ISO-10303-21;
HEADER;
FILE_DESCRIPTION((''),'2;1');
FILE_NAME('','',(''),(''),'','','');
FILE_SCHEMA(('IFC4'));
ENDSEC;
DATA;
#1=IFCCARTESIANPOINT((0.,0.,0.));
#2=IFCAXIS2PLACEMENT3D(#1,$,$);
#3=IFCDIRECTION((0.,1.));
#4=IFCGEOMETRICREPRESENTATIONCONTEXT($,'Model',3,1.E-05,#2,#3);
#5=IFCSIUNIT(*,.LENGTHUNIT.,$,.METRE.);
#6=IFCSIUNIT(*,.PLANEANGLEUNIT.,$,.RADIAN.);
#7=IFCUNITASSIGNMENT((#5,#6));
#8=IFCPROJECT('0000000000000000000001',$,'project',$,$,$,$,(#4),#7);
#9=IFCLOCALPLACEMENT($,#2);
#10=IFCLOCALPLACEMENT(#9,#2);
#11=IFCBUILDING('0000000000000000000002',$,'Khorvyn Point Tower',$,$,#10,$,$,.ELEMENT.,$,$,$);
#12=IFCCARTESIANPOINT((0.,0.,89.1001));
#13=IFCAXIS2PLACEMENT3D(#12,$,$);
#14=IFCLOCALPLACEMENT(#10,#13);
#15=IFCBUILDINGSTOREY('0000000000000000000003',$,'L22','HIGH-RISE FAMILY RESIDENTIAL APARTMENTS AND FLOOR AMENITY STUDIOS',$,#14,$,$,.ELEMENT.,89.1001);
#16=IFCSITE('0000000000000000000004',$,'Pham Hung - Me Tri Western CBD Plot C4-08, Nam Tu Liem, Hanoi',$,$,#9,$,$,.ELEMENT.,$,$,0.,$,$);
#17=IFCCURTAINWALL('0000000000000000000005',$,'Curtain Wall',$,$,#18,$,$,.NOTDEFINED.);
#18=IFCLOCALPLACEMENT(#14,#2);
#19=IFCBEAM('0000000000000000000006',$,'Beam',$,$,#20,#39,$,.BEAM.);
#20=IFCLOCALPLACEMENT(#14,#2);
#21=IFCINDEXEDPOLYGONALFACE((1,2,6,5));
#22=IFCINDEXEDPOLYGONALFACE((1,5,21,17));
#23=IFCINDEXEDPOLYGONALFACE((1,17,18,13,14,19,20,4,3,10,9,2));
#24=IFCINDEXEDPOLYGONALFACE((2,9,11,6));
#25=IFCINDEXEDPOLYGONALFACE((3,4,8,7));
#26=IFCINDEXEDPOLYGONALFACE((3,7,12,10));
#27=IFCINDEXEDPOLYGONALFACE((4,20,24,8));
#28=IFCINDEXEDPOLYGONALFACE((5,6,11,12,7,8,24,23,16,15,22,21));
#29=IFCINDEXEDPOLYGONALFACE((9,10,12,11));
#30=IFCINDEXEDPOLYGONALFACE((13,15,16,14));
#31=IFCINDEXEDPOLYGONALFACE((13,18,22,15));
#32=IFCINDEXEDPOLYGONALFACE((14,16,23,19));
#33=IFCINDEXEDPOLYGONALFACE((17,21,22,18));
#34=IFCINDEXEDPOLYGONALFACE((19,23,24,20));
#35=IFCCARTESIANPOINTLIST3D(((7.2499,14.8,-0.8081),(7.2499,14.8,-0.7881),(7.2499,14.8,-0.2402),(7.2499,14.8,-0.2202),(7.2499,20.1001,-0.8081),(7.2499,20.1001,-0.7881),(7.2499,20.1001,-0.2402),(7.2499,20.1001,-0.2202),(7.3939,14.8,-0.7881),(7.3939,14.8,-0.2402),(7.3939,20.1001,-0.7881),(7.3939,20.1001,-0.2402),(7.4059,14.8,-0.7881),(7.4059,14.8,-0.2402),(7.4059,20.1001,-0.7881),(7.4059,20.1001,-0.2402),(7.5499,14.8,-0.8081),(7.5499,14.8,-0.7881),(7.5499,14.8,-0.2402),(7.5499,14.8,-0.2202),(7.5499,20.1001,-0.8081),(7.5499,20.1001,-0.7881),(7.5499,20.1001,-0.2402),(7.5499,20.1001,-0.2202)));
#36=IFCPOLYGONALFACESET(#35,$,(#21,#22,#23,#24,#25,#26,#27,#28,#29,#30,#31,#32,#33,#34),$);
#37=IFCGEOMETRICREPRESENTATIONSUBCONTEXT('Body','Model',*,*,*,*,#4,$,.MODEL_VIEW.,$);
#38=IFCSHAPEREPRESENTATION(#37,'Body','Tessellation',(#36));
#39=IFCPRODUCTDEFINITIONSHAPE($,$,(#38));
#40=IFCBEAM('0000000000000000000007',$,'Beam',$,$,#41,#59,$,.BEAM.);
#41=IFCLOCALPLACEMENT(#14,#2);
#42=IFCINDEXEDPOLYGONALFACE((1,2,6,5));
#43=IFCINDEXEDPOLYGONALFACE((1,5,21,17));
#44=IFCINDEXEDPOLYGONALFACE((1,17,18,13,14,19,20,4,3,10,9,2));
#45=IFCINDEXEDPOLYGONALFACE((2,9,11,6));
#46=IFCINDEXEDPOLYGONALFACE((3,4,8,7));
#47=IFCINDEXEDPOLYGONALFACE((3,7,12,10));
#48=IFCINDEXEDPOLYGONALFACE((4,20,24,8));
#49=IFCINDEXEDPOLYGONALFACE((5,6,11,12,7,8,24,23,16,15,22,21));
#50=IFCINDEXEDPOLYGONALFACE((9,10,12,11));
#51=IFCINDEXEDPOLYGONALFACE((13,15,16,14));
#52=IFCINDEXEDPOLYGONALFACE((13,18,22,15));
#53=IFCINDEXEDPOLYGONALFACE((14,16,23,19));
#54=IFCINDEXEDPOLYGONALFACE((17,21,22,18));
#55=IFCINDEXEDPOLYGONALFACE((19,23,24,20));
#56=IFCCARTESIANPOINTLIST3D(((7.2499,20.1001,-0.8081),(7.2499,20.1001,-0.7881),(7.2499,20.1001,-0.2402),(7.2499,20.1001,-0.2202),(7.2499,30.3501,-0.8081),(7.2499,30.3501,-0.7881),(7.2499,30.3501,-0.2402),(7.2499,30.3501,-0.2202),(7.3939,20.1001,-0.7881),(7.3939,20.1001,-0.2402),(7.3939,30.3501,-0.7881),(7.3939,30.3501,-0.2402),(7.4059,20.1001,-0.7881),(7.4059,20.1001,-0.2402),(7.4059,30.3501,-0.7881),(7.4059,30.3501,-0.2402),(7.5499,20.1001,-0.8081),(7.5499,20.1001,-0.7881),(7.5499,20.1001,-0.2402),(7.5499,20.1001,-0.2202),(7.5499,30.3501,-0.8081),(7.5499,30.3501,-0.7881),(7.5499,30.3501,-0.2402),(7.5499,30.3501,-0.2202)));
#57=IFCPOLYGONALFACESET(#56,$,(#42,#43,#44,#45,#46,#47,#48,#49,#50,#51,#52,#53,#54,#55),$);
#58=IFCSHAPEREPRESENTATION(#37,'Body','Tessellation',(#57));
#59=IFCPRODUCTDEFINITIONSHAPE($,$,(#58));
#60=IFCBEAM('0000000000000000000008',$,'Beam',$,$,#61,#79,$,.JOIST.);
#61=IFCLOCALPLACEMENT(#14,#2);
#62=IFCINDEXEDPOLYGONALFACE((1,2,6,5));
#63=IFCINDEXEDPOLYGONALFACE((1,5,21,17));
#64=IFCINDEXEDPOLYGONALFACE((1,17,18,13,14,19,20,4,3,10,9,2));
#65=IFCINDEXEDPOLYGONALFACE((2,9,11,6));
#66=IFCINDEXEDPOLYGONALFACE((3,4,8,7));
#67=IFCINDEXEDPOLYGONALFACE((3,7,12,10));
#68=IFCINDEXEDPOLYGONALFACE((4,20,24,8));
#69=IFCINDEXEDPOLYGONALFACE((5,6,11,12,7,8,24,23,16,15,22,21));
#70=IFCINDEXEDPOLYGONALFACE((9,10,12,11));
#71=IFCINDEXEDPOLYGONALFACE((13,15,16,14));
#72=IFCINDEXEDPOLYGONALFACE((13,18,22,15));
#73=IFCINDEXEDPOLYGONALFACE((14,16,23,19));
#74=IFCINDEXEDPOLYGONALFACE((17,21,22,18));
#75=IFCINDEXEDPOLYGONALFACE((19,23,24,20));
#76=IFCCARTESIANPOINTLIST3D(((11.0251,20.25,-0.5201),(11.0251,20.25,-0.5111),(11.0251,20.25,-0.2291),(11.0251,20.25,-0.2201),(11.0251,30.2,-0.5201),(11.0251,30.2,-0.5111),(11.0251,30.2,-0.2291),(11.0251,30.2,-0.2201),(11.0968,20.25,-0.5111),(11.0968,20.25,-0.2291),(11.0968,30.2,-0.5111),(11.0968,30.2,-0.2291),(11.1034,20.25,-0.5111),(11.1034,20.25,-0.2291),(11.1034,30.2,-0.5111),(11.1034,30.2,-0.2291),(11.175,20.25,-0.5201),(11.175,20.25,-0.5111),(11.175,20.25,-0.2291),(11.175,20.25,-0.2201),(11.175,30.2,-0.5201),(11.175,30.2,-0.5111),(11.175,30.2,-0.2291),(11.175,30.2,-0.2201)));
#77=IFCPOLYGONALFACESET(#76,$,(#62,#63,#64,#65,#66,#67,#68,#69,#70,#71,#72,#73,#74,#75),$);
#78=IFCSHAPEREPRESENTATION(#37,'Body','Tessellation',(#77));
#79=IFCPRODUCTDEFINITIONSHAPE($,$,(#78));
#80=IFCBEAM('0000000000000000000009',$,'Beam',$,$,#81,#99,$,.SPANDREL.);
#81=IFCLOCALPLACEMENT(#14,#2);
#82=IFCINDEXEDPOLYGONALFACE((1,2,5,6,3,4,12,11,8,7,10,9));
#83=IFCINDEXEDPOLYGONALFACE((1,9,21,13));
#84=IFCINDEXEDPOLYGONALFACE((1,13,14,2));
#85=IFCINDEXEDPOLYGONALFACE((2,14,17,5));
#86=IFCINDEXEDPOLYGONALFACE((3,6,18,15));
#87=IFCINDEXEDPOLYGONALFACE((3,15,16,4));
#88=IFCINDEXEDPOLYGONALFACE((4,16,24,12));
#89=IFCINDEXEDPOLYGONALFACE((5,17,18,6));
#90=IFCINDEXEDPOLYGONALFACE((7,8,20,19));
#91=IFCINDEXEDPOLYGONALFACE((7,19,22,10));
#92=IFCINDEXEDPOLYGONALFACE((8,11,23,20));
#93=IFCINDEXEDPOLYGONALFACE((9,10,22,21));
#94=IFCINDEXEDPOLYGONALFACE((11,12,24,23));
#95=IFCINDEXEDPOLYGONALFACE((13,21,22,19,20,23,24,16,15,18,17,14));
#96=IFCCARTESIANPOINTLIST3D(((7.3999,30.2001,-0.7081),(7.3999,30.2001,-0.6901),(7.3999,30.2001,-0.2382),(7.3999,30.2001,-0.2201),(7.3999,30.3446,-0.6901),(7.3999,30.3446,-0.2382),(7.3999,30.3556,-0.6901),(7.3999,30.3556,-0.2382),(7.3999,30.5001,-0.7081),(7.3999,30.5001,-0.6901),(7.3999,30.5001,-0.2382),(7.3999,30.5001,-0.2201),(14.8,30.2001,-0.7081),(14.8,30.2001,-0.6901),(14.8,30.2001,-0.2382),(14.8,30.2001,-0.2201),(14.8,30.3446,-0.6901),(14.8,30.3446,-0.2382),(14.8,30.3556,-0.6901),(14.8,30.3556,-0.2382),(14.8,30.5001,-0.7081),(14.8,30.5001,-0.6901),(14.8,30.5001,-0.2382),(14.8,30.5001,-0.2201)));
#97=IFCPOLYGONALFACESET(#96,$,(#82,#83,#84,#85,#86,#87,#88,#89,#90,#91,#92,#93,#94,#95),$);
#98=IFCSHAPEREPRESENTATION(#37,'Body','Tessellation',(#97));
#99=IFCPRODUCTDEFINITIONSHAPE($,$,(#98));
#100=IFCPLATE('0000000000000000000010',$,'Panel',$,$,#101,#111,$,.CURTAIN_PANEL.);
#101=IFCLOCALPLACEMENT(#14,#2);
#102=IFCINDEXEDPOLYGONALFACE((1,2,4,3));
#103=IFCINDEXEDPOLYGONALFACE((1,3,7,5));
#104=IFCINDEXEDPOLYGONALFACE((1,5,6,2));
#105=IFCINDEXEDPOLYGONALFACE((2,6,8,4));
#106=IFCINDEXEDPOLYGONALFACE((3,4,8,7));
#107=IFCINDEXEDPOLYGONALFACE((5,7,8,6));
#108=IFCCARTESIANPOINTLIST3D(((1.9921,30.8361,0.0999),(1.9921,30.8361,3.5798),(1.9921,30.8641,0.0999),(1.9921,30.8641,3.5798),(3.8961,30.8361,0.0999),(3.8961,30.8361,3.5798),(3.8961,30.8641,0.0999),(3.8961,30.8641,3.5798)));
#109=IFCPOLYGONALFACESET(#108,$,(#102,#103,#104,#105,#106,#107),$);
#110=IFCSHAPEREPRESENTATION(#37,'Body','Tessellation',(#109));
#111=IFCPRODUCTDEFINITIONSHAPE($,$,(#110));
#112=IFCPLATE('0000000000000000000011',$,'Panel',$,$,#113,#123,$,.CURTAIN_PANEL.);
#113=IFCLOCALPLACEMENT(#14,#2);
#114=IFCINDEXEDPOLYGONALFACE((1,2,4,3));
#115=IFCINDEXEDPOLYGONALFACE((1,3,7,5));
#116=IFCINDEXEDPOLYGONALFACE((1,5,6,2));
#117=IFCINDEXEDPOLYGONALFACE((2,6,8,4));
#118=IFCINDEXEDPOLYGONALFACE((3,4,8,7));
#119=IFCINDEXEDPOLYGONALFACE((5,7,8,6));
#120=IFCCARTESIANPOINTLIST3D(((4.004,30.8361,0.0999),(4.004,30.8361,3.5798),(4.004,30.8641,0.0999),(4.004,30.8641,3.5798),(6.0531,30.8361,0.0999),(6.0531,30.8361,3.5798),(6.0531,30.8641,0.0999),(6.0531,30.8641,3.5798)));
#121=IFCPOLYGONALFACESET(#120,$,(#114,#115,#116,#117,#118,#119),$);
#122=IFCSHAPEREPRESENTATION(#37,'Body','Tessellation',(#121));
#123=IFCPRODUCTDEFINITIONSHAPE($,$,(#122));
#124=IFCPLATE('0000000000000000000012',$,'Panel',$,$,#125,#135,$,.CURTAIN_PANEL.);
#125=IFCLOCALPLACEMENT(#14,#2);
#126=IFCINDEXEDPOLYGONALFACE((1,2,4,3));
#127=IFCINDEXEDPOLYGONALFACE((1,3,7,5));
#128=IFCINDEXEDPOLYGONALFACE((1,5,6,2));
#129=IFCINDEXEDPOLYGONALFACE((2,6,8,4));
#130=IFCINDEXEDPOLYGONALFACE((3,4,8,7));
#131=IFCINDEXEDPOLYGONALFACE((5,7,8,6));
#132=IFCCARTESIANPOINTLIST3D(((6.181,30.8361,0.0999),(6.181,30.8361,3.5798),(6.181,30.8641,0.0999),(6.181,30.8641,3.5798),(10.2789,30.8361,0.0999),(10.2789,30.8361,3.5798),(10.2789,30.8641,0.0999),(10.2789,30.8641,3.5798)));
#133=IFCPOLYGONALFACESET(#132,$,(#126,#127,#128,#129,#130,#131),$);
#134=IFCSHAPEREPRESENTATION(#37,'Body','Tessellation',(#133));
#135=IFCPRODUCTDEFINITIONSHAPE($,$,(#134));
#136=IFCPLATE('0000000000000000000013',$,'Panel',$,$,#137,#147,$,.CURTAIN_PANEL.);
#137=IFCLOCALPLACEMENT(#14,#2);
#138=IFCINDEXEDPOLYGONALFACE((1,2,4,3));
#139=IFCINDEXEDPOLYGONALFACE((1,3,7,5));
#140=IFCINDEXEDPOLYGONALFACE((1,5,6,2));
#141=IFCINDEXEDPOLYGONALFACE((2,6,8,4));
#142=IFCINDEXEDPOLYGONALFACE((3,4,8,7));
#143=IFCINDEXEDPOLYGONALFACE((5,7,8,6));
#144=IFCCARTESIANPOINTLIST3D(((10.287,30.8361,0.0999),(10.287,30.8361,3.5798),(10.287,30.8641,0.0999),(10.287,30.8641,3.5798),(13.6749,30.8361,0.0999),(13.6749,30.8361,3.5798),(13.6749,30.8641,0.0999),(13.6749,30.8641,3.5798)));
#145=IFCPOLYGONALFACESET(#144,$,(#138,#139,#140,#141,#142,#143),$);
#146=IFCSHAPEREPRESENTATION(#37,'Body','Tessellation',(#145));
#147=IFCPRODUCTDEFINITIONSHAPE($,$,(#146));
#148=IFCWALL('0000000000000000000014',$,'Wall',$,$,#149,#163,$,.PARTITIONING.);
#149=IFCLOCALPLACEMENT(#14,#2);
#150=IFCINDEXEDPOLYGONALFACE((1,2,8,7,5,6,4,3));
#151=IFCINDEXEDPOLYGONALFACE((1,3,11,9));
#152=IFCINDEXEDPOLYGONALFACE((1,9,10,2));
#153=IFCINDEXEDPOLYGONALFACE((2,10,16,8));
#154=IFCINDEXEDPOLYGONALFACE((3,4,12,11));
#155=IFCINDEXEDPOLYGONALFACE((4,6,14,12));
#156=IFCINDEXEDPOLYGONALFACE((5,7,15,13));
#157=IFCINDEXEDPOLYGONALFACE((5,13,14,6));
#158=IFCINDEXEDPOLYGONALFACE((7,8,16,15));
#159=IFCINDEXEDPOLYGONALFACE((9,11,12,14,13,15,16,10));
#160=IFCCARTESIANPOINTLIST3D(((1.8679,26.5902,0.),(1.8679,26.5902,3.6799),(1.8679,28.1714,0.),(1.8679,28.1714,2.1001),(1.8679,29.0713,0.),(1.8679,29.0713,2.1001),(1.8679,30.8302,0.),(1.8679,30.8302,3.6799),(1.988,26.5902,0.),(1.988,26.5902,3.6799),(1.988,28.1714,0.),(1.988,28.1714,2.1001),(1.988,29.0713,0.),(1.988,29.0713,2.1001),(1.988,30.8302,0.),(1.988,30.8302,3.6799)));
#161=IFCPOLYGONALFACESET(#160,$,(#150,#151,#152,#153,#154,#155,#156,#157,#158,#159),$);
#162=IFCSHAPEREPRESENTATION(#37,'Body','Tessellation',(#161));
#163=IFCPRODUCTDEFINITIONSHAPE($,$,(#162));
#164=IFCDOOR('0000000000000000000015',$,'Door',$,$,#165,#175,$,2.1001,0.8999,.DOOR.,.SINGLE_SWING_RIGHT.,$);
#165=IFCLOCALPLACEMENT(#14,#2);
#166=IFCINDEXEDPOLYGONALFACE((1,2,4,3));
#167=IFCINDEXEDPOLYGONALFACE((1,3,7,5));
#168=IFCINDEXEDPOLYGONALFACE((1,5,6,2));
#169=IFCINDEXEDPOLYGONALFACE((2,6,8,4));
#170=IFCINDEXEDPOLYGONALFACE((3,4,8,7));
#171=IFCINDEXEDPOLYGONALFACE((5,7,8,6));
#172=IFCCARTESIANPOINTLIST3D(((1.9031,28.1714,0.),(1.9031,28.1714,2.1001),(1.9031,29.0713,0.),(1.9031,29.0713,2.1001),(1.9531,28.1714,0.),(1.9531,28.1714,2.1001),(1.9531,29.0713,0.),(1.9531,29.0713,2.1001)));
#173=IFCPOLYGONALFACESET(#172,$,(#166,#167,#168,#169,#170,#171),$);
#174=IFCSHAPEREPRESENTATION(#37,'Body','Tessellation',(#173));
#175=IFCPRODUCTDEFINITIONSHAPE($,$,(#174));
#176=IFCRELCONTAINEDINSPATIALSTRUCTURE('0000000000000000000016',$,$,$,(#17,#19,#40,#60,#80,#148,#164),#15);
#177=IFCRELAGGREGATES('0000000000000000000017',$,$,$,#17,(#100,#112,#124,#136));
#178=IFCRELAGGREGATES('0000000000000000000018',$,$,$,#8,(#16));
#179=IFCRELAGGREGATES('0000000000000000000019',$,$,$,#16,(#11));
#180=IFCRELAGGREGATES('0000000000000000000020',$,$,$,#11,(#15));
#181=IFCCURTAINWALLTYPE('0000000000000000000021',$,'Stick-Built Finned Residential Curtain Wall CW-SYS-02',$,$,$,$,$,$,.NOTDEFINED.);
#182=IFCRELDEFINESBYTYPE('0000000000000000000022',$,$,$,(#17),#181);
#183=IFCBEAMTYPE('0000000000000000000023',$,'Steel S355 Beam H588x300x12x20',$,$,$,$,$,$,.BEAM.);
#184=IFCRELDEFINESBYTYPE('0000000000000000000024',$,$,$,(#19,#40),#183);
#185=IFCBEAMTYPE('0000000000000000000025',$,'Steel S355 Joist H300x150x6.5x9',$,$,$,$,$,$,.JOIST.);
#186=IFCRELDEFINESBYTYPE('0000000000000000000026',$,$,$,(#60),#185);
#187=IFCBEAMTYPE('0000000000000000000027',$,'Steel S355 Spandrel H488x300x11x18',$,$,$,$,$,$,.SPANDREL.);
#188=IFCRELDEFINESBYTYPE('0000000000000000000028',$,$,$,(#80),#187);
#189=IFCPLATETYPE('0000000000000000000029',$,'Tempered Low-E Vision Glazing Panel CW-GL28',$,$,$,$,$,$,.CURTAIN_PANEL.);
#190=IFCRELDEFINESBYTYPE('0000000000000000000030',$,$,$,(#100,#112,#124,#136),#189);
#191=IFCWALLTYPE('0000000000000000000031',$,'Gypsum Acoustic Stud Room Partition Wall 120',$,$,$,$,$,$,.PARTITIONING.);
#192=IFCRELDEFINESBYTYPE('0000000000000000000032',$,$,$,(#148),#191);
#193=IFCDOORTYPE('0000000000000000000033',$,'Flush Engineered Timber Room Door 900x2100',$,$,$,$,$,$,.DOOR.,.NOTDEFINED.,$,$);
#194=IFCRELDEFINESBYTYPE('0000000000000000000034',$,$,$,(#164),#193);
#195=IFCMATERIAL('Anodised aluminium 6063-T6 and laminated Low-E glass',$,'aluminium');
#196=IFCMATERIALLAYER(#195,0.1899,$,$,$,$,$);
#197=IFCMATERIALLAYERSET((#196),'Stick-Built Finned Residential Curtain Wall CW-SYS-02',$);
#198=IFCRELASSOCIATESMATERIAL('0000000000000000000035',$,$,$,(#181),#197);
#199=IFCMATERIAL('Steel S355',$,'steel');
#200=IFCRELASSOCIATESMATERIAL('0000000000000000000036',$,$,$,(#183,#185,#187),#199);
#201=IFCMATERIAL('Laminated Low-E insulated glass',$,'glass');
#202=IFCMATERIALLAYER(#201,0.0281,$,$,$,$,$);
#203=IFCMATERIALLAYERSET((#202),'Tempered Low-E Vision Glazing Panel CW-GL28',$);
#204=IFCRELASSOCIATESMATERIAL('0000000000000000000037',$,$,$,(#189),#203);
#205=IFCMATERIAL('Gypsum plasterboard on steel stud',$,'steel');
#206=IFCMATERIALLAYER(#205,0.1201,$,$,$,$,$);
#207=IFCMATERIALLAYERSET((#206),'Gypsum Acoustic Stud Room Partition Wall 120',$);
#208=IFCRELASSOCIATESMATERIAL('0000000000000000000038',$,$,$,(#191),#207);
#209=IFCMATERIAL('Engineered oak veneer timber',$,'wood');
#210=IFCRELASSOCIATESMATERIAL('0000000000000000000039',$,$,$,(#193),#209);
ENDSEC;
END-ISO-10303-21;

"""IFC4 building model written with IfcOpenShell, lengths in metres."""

from ifc_helpers import new_model, si_unit, direction, frame, frame_2d, origin, origin_2d, place, context, subcontext, project, spatial, rectangle, i_section, extrude, material, layer, layer_set, material_profile, profile_set, type_object, element, fill, aggregate, save


model = new_model("IFC4")

# Units and contexts
model_context = context("Model", 3, precision=1e-05, world=origin(), true_north=direction((0.0, 1.0)))
body_context = subcontext(model_context, "Body", "Model", "MODEL_VIEW")
ifc_project = project(units=[si_unit("LENGTHUNIT", "METRE"), si_unit("PLANEANGLEUNIT", "RADIAN")], contexts=[model_context])

# Site, building, storey
site_placement = place(None, origin())
site = spatial("IfcSite", under=ifc_project, at=site_placement, Name="Pham Hung - Me Tri Western CBD Plot C4-08, Nam Tu Liem, Hanoi", CompositionType="ELEMENT", RefElevation=0.0)
building_placement = place(site_placement, origin())
building = spatial("IfcBuilding", under=site, at=building_placement, Name="Khorvyn Point Tower", CompositionType="ELEMENT")
storey_placement = place(building_placement, frame((0.0, 0.0, 89.1001)))
storey = spatial("IfcBuildingStorey", under=building, at=storey_placement, Name="L22", Description="HIGH-RISE FAMILY RESIDENTIAL APARTMENTS AND FLOOR AMENITY STUDIOS", CompositionType="ELEMENT", Elevation=89.1001)

# Curtain wall
ifc_material_1 = material(Name="Anodised aluminium 6063-T6 and laminated Low-E glass", Category="aluminium")
ifc_layer_1 = layer(ifc_material_1, 0.1899)
ifc_layer_set_1 = layer_set([ifc_layer_1], Name="Stick-Built Finned Residential Curtain Wall CW-SYS-02")
curtain_wall_type = type_object("IfcCurtainWallType", Name="Stick-Built Finned Residential Curtain Wall CW-SYS-02", PredefinedType="NOTDEFINED", material=ifc_layer_set_1)
curtain_wall_placement = place(storey_placement, origin())
curtain_wall = element("IfcCurtainWall", 1, at=curtain_wall_placement, inside=storey, type_object=curtain_wall_type, Name="Curtain Wall", PredefinedType="NOTDEFINED")

# Beams
ifc_material_2 = material(Name="Steel S355", Category="steel")
ifc_material_profile_1 = material_profile(ifc_material_2, i_section(OverallWidth=0.3, OverallDepth=0.5879, WebThickness=0.012, FlangeThickness=0.02, at=origin_2d()))
ifc_profile_set_1 = profile_set([ifc_material_profile_1], Name="Steel S355 H588x300x12x20")
beam_type_1 = type_object("IfcBeamType", Name="Steel S355 Beam H588x300x12x20", PredefinedType="BEAM", material=ifc_profile_set_1)
beam_1_placement = place(storey_placement, frame((7.3999, 14.8, -0.5142), z_axis=(0.0, 1.0, 0.0), x_axis=(-1.0, 0.0, 0.0)))
element("IfcBeam", 2, at=beam_1_placement, inside=storey, type_object=beam_type_1, Name="Beam", PredefinedType="BEAM", context=body_context, shape_type="SweptSolid", body=[
    extrude(i_section(OverallWidth=0.3, OverallDepth=0.5879, WebThickness=0.012, FlangeThickness=0.02, at=origin_2d()), origin(), (0.0, 0.0, 1.0), 5.3),
])
beam_2_placement = place(storey_placement, frame((7.3999, 20.1001, -0.5142), z_axis=(0.0, 1.0, 0.0), x_axis=(-1.0, 0.0, 0.0)))
element("IfcBeam", 3, at=beam_2_placement, inside=storey, type_object=beam_type_1, Name="Beam", PredefinedType="BEAM", context=body_context, shape_type="SweptSolid", body=[
    extrude(i_section(OverallWidth=0.3, OverallDepth=0.5879, WebThickness=0.012, FlangeThickness=0.02, at=origin_2d()), origin(), (0.0, 0.0, 1.0), 10.25),
])
ifc_material_profile_2 = material_profile(ifc_material_2, i_section(OverallWidth=0.1499, OverallDepth=0.3, WebThickness=0.0066, FlangeThickness=0.009, at=origin_2d()))
ifc_profile_set_2 = profile_set([ifc_material_profile_2], Name="Steel S355 H300x150x6.5x9")
beam_type_2 = type_object("IfcBeamType", Name="Steel S355 Joist H300x150x6.5x9", PredefinedType="JOIST", material=ifc_profile_set_2)
beam_3_placement = place(storey_placement, frame((11.1001, 20.25, -0.3701), z_axis=(0.0, 1.0, 0.0), x_axis=(-1.0, 0.0, 0.0)))
element("IfcBeam", 4, at=beam_3_placement, inside=storey, type_object=beam_type_2, Name="Beam", PredefinedType="JOIST", context=body_context, shape_type="SweptSolid", body=[
    extrude(i_section(OverallWidth=0.1499, OverallDepth=0.3, WebThickness=0.0066, FlangeThickness=0.009, at=origin_2d()), origin(), (0.0, 0.0, 1.0), 9.95),
])
ifc_material_profile_3 = material_profile(ifc_material_2, i_section(OverallWidth=0.3, OverallDepth=0.488, WebThickness=0.011, FlangeThickness=0.0181, at=origin_2d()))
ifc_profile_set_3 = profile_set([ifc_material_profile_3], Name="Steel S355 H488x300x11x18")
beam_type_3 = type_object("IfcBeamType", Name="Steel S355 Spandrel H488x300x11x18", PredefinedType="SPANDREL", material=ifc_profile_set_3)
beam_4_placement = place(storey_placement, frame((7.3999, 30.3501, -0.4641), z_axis=(1.0, 0.0, 0.0), x_axis=(0.0, 1.0, 0.0)))
element("IfcBeam", 5, at=beam_4_placement, inside=storey, type_object=beam_type_3, Name="Beam", PredefinedType="SPANDREL", context=body_context, shape_type="SweptSolid", body=[
    extrude(i_section(OverallWidth=0.3, OverallDepth=0.488, WebThickness=0.011, FlangeThickness=0.0181, at=origin_2d()), origin(), (0.0, 0.0, 1.0), 7.4001),
])

# Plates
ifc_material_3 = material(Name="Laminated Low-E insulated glass", Category="glass")
ifc_layer_2 = layer(ifc_material_3, 0.0281)
ifc_layer_set_2 = layer_set([ifc_layer_2], Name="Tempered Low-E Vision Glazing Panel CW-GL28")
plate_type = type_object("IfcPlateType", Name="Tempered Low-E Vision Glazing Panel CW-GL28", PredefinedType="CURTAIN_PANEL", material=ifc_layer_set_2)
plate_1_placement = place(storey_placement, frame((2.9441, 30.8501, 0.0999), z_axis=(0.0, 0.0, 1.0), x_axis=(1.0, 0.0, 0.0)))
plate_1 = element("IfcPlate", 6, at=plate_1_placement, type_object=plate_type, Name="Panel", PredefinedType="CURTAIN_PANEL", context=body_context, shape_type="SweptSolid", body=[
    extrude(rectangle(XDim=1.9041, YDim=0.0281, at=origin_2d()), origin(), (0.0, 0.0, 1.0), 3.48),
])
plate_2_placement = place(storey_placement, frame((5.0286, 30.8501, 0.0999), z_axis=(0.0, 0.0, 1.0), x_axis=(1.0, 0.0, 0.0)))
plate_2 = element("IfcPlate", 7, at=plate_2_placement, type_object=plate_type, Name="Panel", PredefinedType="CURTAIN_PANEL", context=body_context, shape_type="SweptSolid", body=[
    extrude(rectangle(XDim=2.0491, YDim=0.0281, at=origin_2d()), origin(), (0.0, 0.0, 1.0), 3.48),
])
plate_3_placement = place(storey_placement, frame((8.23, 30.8501, 0.0999), z_axis=(0.0, 0.0, 1.0), x_axis=(1.0, 0.0, 0.0)))
plate_3 = element("IfcPlate", 8, at=plate_3_placement, type_object=plate_type, Name="Panel", PredefinedType="CURTAIN_PANEL", context=body_context, shape_type="SweptSolid", body=[
    extrude(rectangle(XDim=4.0979, YDim=0.0281, at=origin_2d()), origin(), (0.0, 0.0, 1.0), 3.48),
])
plate_4_placement = place(storey_placement, frame((11.981, 30.8501, 0.0999), z_axis=(0.0, 0.0, 1.0), x_axis=(1.0, 0.0, 0.0)))
plate_4 = element("IfcPlate", 9, at=plate_4_placement, type_object=plate_type, Name="Panel", PredefinedType="CURTAIN_PANEL", context=body_context, shape_type="SweptSolid", body=[
    extrude(rectangle(XDim=3.3879, YDim=0.0281, at=origin_2d()), origin(), (0.0, 0.0, 1.0), 3.48),
])
aggregate(curtain_wall, [plate_1, plate_2, plate_3, plate_4])

# Wall, opening, door
ifc_material_4 = material(Name="Gypsum plasterboard on steel stud", Category="steel")
ifc_layer_3 = layer(ifc_material_4, 0.1201)
ifc_layer_set_3 = layer_set([ifc_layer_3], Name="Gypsum Acoustic Stud Room Partition Wall 120")
wall_type_1 = type_object("IfcWallType", Name="Gypsum Acoustic Stud Room Partition Wall 120", PredefinedType="PARTITIONING", material=ifc_layer_set_3)
wall_1_placement = place(storey_placement, frame((1.928, 26.5901, 0.0), z_axis=(0.0, 0.0, 1.0), x_axis=(0.0, 1.0, 0.0)))
wall_1 = element("IfcWall", 10, at=wall_1_placement, inside=storey, type_object=wall_type_1, Name="Wall", PredefinedType="PARTITIONING", context=body_context, shape_type="SweptSolid", body=[
    extrude(rectangle(XDim=4.24, YDim=0.1201, at=frame_2d((2.1201, 0.0))), origin(), (0.0, 0.0, 1.0), 3.6799),
])
opening_1_placement = place(wall_1_placement, frame((1.5813, 0.0, 0.0)))
opening_1 = element("IfcOpeningElement", 11, at=opening_1_placement, cuts=wall_1, PredefinedType="OPENING", context=body_context, shape_type="SweptSolid", body=[
    extrude(rectangle(XDim=0.8999, YDim=2.1001, at=frame_2d((0.45, 1.05))), frame((0.0, 0.0701, 0.0), z_axis=(0.0, -1.0, 0.0), x_axis=(1.0, 0.0, 0.0)), (0.0, 0.0, 1.0), 0.1401),
])
ifc_material_5 = material(Name="Engineered oak veneer timber", Category="wood")
door_type_1 = type_object("IfcDoorType", Name="Flush Engineered Timber Room Door 900x2100", OperationType="NOTDEFINED", PredefinedType="DOOR", material=ifc_material_5)
door_1_placement = place(opening_1_placement, origin())
door_1 = element("IfcDoor", 12, at=door_1_placement, inside=storey, type_object=door_type_1, Name="Door", OperationType="SINGLE_SWING_RIGHT", OverallHeight=2.1001, OverallWidth=0.8999, PredefinedType="DOOR", context=body_context, shape_type="SweptSolid", body=[
    extrude(rectangle(XDim=0.8999, YDim=2.1001, at=frame_2d((0.45, 1.05))), frame((0.0, 0.0249, 0.0), z_axis=(0.0, -1.0, 0.0), x_axis=(1.0, 0.0, 0.0)), (0.0, 0.0, 1.0), 0.05),
])
fill(opening_1, door_1)

save(model, "model.ifc")
